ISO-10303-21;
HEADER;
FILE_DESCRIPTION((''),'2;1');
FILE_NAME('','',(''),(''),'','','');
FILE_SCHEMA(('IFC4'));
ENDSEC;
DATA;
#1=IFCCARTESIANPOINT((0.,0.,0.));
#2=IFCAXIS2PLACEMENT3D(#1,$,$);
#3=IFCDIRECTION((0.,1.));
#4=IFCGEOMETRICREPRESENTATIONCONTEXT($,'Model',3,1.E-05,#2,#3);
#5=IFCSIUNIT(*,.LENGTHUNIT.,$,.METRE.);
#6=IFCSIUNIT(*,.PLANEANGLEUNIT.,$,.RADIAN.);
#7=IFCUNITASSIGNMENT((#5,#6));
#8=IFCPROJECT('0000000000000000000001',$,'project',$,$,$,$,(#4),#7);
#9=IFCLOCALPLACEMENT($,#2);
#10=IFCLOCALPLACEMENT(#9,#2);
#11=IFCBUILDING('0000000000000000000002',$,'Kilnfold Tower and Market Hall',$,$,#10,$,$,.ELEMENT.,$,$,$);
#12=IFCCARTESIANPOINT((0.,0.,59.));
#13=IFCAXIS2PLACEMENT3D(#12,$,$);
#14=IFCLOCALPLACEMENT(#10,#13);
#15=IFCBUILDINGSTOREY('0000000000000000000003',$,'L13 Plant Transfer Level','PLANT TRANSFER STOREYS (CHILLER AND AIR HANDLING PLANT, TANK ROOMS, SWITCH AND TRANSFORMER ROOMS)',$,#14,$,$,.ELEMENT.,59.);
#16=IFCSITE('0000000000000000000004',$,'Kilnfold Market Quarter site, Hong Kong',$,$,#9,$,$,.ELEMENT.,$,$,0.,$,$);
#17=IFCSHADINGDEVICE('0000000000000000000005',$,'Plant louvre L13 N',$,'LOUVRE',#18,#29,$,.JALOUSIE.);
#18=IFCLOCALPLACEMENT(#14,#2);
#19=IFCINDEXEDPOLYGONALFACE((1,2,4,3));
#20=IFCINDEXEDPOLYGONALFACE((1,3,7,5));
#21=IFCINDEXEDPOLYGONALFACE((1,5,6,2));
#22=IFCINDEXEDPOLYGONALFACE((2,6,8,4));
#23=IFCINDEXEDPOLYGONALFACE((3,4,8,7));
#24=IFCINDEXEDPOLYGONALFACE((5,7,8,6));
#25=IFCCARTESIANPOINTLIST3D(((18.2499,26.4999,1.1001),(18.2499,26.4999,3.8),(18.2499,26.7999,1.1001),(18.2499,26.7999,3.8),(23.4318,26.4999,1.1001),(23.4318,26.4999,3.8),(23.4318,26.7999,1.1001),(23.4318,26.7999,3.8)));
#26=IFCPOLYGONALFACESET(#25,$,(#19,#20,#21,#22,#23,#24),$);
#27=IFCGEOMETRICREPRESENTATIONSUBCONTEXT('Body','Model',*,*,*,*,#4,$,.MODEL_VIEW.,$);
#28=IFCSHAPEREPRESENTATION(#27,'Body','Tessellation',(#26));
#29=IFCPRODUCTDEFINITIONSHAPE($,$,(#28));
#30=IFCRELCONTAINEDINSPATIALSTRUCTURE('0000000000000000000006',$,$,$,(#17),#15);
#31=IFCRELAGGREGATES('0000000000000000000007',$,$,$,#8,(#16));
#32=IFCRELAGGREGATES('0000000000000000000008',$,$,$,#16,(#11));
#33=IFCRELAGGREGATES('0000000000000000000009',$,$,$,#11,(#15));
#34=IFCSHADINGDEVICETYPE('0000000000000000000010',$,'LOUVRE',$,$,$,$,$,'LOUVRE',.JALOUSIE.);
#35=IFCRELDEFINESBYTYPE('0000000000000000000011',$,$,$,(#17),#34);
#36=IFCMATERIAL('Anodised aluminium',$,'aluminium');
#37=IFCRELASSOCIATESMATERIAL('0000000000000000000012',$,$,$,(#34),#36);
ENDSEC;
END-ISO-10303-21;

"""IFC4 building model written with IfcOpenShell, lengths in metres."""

from ifc_helpers import new_model, si_unit, direction, frame, origin, origin_2d, place, context, subcontext, project, spatial, rectangle, extrude, source, transform, mapped, material, type_object, element, save


model = new_model("IFC4")

# Units and contexts
model_context = context("Model", 3, precision=1e-05, world=origin(), true_north=direction((0.0, 1.0)))
body_context = subcontext(model_context, "Body", "Model", "MODEL_VIEW")
ifc_project = project(units=[si_unit("LENGTHUNIT", "METRE"), si_unit("PLANEANGLEUNIT", "RADIAN")], contexts=[model_context])

# Site, building, storey
site_placement = place(None, origin())
site = spatial("IfcSite", under=ifc_project, at=site_placement, Name="Kilnfold Market Quarter site, Hong Kong", CompositionType="ELEMENT", RefElevation=0.0)
building_placement = place(site_placement, origin())
building = spatial("IfcBuilding", under=site, at=building_placement, Name="Kilnfold Tower and Market Hall", CompositionType="ELEMENT")
storey_placement = place(building_placement, frame((0.0, 0.0, 59.0)))
storey = spatial("IfcBuildingStorey", under=building, at=storey_placement, Name="L13 Plant Transfer Level", Description="PLANT TRANSFER STOREYS (CHILLER AND AIR HANDLING PLANT, TANK ROOMS, SWITCH AND TRANSFORMER ROOMS)", CompositionType="ELEMENT", Elevation=59.0)

# Shading device
ifc_material_1 = material(Name="Anodised aluminium", Category="aluminium")
shading_device_type_1 = type_object("IfcShadingDeviceType", Name="LOUVRE", ElementType="LOUVRE", PredefinedType="JALOUSIE", material=ifc_material_1)
shared_shape_1 = source(origin(), body_context, "Body", "SweptSolid", [
    extrude(rectangle(XDim=5.1819, YDim=0.3, at=origin_2d()), origin(), (0.0, 0.0, 1.0), 2.7),
])
shading_device_1_placement = place(storey_placement, frame((20.8408, 26.6499, 1.1001), z_axis=(0.0, 0.0, 1.0), x_axis=(-1.0, 0.0, 0.0)))
element("IfcShadingDevice", 1, at=shading_device_1_placement, inside=storey, type_object=shading_device_type_1, Name="Plant louvre L13 N", ObjectType="LOUVRE", PredefinedType="JALOUSIE", context=body_context, shape_type="MappedRepresentation", body=[
    mapped(shared_shape_1, transform((0.0, 0.0, 0.0))),
])

save(model, "model.ifc")
